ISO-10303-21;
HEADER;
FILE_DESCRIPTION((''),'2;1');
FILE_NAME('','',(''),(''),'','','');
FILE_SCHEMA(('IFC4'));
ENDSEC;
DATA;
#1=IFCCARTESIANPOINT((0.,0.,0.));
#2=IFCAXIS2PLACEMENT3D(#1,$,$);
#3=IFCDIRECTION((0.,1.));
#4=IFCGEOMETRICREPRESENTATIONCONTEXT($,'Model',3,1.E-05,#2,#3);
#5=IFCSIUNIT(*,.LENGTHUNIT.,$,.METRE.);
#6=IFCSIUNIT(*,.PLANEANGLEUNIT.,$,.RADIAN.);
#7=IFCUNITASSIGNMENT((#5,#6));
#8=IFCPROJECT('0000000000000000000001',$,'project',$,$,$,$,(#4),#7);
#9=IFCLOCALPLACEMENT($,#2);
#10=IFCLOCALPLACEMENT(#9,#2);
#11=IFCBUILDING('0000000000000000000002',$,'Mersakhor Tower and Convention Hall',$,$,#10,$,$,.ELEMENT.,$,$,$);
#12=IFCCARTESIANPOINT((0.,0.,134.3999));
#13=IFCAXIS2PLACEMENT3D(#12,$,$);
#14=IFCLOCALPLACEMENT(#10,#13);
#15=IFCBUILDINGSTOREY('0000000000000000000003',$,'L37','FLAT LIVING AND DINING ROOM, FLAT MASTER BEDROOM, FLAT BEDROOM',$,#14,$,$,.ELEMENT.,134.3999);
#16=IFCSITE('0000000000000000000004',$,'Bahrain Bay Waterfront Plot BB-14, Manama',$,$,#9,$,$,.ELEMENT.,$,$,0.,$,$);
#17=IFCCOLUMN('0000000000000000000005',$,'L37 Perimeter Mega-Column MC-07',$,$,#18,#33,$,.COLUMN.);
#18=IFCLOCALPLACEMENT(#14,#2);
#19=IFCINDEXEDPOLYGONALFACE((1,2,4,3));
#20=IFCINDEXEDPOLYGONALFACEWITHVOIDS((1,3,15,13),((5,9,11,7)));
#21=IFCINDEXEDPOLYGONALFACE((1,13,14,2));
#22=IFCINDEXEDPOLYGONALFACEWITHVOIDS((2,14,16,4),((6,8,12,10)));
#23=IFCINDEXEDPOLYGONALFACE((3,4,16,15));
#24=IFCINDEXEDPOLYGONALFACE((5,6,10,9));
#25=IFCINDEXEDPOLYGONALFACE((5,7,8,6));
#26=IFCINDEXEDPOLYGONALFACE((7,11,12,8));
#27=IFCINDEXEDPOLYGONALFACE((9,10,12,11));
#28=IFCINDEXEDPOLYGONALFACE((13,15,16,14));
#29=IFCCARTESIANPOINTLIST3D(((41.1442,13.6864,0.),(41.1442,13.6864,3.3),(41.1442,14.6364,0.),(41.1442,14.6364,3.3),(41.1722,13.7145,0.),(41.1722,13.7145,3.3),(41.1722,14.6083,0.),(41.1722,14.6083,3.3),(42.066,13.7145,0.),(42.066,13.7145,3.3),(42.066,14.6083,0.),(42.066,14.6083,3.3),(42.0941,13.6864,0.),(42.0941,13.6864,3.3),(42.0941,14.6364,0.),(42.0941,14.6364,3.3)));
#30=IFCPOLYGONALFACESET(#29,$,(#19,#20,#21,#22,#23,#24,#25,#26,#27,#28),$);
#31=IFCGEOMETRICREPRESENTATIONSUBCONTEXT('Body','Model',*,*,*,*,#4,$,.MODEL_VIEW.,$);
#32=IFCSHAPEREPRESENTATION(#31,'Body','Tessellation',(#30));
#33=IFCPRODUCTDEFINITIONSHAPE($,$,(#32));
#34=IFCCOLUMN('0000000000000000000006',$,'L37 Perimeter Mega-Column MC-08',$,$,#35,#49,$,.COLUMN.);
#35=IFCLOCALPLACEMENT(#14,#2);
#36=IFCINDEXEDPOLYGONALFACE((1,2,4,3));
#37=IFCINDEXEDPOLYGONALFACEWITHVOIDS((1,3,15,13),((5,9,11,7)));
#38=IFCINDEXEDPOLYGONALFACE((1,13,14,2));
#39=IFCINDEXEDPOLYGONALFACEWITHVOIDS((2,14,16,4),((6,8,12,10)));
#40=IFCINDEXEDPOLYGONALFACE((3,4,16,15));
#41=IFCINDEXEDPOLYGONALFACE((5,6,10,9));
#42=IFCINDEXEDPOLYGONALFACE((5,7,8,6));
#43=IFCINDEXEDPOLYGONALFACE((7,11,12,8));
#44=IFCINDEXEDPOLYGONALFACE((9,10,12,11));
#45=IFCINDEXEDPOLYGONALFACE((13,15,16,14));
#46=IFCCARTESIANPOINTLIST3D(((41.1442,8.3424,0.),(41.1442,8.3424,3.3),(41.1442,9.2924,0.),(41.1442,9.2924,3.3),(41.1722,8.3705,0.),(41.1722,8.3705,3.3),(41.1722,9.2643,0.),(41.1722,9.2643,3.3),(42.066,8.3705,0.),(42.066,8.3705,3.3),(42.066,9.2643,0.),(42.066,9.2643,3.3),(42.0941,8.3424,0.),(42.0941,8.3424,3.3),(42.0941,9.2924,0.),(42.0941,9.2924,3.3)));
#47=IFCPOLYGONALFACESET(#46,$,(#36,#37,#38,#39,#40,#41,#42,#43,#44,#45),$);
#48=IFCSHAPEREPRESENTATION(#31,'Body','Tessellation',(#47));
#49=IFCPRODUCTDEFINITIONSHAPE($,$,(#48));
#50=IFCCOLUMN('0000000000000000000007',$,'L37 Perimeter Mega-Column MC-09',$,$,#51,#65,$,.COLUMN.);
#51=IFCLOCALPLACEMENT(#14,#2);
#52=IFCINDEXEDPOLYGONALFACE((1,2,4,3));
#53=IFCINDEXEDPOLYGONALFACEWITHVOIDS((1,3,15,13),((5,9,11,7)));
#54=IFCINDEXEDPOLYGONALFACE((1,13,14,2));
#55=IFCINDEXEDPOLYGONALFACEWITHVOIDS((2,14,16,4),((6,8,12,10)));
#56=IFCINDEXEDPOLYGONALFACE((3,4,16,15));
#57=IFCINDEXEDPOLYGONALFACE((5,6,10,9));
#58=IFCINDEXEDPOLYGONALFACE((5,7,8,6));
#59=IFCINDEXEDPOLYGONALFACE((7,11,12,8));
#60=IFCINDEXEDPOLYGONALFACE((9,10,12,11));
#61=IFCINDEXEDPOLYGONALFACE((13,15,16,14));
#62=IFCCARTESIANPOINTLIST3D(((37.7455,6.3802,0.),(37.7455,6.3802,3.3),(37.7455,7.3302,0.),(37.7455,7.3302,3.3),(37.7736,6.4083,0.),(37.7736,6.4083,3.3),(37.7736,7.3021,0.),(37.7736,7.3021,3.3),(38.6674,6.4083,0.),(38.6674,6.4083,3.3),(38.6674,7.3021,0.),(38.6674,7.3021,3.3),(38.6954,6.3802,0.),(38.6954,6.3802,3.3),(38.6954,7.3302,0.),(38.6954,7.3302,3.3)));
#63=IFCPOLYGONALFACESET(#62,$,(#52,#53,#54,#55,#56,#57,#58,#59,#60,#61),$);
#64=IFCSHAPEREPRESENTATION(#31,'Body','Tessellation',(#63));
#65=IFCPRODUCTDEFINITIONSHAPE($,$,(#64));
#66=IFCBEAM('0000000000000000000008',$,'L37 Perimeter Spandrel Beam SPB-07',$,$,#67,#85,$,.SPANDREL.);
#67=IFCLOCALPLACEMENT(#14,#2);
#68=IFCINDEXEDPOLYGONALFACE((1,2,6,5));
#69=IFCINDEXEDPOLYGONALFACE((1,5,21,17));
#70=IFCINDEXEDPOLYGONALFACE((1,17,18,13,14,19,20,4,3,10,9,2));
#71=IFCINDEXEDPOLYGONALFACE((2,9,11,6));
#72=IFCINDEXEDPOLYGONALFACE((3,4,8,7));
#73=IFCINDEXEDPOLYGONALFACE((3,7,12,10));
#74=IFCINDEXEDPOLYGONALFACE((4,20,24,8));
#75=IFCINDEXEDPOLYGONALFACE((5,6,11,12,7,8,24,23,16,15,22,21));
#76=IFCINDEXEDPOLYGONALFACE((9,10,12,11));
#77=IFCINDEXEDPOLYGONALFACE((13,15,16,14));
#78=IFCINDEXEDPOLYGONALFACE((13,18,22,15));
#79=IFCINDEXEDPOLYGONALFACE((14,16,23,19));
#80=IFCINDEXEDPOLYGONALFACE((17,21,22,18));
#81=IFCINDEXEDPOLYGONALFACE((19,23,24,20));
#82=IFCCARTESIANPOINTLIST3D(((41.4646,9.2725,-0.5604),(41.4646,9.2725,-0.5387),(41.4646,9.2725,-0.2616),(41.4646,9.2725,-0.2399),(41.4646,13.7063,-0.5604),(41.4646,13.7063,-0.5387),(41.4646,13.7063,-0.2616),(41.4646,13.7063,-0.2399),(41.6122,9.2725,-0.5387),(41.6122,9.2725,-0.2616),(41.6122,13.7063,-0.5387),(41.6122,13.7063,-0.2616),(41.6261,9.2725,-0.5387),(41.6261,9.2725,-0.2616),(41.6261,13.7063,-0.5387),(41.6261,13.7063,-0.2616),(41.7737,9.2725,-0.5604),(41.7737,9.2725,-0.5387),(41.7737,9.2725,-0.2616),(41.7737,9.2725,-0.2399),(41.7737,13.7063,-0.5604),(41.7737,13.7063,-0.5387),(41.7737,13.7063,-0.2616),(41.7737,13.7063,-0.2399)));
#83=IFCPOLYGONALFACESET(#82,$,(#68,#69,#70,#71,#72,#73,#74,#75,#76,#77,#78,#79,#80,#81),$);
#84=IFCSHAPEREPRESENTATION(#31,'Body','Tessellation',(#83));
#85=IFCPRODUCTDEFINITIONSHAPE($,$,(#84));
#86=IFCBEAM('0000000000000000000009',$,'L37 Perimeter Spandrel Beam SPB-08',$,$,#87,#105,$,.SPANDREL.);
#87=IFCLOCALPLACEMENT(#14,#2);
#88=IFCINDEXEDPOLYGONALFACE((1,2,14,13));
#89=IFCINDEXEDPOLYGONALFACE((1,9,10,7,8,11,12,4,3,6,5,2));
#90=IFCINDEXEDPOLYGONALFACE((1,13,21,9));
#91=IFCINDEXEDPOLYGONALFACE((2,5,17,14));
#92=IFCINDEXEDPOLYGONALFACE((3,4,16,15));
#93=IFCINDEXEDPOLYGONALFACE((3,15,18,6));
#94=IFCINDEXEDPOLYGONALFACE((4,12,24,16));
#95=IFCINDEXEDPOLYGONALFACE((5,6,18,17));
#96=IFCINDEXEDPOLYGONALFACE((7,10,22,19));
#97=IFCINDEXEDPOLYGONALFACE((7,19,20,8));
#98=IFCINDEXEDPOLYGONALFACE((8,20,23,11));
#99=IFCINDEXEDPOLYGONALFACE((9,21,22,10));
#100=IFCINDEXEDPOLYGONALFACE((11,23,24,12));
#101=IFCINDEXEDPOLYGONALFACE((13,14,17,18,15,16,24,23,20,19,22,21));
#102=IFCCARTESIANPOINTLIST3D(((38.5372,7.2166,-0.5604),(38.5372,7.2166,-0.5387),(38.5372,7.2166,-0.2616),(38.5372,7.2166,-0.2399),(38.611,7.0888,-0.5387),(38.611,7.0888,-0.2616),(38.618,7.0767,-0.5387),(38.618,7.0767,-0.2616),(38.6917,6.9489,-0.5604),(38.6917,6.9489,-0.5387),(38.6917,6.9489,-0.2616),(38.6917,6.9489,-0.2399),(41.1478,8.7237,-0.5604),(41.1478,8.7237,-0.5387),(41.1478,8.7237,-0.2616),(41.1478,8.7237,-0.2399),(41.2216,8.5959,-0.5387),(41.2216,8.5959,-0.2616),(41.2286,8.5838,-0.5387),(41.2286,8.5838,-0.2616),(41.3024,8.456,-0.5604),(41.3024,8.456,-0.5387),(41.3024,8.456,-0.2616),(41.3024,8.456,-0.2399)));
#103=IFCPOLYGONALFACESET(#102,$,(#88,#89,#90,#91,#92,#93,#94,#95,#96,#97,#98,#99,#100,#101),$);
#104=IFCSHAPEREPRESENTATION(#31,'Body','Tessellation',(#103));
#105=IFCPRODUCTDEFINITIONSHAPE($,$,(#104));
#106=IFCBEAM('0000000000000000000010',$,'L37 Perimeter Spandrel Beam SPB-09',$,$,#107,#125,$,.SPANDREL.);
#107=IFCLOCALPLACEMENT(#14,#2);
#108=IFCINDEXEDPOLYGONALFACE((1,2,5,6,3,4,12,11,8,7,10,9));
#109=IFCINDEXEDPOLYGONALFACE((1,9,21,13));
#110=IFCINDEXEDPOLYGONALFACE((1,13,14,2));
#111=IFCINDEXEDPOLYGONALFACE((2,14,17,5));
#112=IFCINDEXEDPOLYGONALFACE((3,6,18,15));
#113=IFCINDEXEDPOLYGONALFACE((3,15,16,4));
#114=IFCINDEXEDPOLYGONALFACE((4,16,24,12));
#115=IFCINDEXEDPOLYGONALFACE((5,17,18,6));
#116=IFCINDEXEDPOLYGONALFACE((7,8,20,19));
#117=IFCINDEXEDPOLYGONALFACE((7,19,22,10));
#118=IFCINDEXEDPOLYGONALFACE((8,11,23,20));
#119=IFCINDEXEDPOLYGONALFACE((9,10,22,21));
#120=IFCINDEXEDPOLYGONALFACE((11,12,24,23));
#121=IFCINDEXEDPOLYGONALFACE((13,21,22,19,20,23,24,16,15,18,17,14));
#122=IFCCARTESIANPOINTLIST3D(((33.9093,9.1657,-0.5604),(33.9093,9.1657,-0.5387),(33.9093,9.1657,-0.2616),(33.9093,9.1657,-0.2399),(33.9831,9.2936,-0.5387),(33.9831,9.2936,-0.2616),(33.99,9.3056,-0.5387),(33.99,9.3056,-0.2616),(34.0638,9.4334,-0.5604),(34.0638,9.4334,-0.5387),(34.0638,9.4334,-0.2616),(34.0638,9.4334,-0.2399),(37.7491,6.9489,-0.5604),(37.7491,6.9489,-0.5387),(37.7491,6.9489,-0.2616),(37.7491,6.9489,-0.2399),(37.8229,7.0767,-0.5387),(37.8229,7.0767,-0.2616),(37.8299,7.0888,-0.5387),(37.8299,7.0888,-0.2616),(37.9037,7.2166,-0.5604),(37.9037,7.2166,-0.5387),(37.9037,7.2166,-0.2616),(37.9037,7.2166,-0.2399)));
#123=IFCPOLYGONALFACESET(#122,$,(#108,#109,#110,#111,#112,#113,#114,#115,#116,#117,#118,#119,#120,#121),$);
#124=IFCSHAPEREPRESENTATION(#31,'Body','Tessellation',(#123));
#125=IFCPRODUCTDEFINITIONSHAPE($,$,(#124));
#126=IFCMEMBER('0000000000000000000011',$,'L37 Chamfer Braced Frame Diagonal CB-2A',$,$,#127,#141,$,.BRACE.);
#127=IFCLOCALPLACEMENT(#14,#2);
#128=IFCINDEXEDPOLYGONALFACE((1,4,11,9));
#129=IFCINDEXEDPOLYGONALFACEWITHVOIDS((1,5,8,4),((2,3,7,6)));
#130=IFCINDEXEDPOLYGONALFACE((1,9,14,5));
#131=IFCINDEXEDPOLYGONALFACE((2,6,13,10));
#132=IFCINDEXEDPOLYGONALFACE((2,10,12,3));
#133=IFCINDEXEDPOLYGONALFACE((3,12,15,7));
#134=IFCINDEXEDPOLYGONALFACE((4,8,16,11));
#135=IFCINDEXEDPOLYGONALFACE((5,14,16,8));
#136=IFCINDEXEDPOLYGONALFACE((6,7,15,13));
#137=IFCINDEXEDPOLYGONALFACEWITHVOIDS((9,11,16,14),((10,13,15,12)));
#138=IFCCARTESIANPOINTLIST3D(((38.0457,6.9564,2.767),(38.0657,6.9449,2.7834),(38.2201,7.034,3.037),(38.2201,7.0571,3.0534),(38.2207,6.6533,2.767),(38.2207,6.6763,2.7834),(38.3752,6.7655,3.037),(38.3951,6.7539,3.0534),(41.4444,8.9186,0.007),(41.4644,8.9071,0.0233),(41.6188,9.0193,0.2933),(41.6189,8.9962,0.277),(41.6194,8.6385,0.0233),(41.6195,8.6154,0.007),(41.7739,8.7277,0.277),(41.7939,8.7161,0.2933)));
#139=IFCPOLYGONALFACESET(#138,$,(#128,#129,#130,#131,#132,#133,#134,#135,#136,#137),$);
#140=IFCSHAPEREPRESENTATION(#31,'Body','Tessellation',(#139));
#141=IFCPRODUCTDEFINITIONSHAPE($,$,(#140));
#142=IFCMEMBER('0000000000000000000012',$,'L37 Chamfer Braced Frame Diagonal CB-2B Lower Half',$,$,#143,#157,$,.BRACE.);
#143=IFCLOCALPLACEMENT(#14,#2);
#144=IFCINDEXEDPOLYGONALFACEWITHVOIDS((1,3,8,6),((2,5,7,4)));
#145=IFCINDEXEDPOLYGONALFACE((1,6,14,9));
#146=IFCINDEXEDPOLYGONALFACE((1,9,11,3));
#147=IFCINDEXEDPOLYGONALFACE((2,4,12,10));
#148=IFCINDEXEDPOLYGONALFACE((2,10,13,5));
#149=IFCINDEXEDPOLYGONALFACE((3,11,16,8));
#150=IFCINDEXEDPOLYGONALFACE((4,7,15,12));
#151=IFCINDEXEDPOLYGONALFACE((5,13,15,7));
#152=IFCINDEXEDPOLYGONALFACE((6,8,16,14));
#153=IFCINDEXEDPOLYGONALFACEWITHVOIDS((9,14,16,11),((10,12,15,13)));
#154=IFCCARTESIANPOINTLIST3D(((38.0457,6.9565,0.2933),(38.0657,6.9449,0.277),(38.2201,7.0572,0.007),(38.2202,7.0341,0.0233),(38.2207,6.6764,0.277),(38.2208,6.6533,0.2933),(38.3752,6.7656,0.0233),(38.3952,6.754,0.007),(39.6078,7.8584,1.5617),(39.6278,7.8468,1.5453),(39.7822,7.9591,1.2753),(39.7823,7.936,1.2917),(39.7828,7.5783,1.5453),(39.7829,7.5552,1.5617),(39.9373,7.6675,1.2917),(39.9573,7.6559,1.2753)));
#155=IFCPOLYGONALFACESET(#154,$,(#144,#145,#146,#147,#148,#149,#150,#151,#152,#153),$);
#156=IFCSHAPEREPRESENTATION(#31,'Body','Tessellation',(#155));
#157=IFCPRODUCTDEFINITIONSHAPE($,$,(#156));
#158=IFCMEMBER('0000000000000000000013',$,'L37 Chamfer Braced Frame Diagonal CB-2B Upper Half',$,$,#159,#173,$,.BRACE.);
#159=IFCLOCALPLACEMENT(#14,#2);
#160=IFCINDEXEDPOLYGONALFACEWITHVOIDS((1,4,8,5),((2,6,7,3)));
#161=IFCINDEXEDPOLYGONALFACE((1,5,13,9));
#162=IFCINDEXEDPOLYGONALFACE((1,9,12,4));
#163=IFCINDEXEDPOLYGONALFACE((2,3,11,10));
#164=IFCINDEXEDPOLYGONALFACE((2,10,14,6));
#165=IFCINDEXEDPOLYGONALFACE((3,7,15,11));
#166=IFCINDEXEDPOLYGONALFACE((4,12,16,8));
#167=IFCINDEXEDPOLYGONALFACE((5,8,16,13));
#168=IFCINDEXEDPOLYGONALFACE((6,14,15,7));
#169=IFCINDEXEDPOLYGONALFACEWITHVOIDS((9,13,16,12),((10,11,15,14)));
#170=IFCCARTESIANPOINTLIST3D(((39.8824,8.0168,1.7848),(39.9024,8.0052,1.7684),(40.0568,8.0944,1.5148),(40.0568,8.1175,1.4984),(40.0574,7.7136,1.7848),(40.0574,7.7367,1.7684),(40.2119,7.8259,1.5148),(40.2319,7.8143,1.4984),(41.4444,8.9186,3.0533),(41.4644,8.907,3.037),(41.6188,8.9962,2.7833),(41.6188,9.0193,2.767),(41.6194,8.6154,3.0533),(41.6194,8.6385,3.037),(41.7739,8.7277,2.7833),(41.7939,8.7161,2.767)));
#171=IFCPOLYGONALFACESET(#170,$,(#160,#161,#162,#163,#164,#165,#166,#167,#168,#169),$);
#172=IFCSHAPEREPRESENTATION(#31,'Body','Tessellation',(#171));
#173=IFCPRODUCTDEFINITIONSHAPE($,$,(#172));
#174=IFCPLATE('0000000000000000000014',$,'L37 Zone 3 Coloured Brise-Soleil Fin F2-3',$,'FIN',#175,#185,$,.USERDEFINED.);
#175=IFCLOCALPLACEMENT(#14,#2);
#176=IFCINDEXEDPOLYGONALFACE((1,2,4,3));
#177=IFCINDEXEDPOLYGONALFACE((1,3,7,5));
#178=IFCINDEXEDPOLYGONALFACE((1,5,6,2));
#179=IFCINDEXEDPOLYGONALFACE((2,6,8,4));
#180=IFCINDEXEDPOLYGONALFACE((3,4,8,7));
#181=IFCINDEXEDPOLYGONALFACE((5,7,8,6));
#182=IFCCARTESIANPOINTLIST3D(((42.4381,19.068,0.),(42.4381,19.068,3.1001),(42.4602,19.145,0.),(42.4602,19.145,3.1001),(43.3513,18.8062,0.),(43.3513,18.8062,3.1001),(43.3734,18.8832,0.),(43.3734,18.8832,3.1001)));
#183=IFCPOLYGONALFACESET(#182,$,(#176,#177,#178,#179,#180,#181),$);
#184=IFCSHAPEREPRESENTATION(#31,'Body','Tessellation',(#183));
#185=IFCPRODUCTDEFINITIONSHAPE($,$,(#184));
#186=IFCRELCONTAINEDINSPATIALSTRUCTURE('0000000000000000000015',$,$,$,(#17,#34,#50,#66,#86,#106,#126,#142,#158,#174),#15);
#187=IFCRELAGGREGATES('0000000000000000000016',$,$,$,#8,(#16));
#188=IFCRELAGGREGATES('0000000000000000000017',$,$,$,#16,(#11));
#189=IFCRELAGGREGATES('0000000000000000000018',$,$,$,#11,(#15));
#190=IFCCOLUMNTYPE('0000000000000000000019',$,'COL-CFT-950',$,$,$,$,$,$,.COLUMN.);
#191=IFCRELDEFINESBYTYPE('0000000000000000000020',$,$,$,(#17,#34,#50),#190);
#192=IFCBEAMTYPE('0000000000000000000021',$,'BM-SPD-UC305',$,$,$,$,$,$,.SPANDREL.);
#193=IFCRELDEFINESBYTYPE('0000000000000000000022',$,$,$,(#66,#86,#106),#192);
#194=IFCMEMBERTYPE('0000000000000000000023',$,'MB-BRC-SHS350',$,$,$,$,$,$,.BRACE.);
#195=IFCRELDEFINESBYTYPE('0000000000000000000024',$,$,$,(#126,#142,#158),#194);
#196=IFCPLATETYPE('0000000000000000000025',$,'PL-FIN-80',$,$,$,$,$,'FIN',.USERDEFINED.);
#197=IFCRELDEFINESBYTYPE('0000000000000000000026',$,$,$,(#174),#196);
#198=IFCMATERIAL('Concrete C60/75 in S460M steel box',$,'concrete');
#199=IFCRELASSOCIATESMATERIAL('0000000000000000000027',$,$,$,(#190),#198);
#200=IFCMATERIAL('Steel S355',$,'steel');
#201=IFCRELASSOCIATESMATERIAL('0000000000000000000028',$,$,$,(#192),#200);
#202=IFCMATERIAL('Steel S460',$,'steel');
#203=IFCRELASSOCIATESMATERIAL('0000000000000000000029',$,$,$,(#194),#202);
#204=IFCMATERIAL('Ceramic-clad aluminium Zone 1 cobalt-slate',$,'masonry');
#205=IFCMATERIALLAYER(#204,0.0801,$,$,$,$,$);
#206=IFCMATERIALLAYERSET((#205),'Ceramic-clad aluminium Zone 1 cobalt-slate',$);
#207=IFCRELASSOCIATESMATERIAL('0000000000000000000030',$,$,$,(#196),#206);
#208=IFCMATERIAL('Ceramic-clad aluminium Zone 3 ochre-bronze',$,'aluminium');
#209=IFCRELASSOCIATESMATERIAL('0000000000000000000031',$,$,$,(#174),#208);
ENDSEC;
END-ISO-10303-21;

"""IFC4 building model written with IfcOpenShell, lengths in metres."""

from ifc_helpers import new_model, si_unit, direction, frame, origin, origin_2d, place, context, subcontext, project, spatial, rectangle, hollow_rectangle, i_section, extrude, material, layer, layer_set, material_profile, profile_set, type_object, element, save


model = new_model("IFC4")

# Units and contexts
model_context = context("Model", 3, precision=1e-05, world=origin(), true_north=direction((0.0, 1.0)))
body_context = subcontext(model_context, "Body", "Model", "MODEL_VIEW")
ifc_project = project(units=[si_unit("LENGTHUNIT", "METRE"), si_unit("PLANEANGLEUNIT", "RADIAN")], contexts=[model_context])

# Site, building, storey
site_placement = place(None, origin())
site = spatial("IfcSite", under=ifc_project, at=site_placement, Name="Bahrain Bay Waterfront Plot BB-14, Manama", CompositionType="ELEMENT", RefElevation=0.0)
building_placement = place(site_placement, origin())
building = spatial("IfcBuilding", under=site, at=building_placement, Name="Mersakhor Tower and Convention Hall", CompositionType="ELEMENT")
storey_placement = place(building_placement, frame((0.0, 0.0, 134.3999)))
storey = spatial("IfcBuildingStorey", under=building, at=storey_placement, Name="L37", Description="FLAT LIVING AND DINING ROOM, FLAT MASTER BEDROOM, FLAT BEDROOM", CompositionType="ELEMENT", Elevation=134.3999)

# Columns
ifc_material_1 = material(Name="Concrete C60/75 in S460M steel box", Category="concrete")
ifc_material_profile_1 = material_profile(ifc_material_1, hollow_rectangle(XDim=0.95, YDim=0.95, WallThickness=0.0281, at=origin_2d()), Name="SHS 950x950x28")
ifc_profile_set_1 = profile_set([ifc_material_profile_1], Name="Concrete C60/75 in S460M steel box")
column_type = type_object("IfcColumnType", Name="COL-CFT-950", PredefinedType="COLUMN", material=ifc_profile_set_1)
for number, where, z_axis, x_axis, name in (
    (1, (41.6191, 14.1614, 0.0), (0.0, 0.0, 1.0), (1.0, 0.0, 0.0), "L37 Perimeter Mega-Column MC-07"),
    (2, (41.6191, 8.8174, 0.0), (0.0, 0.0, 1.0), (1.0, 0.0, 0.0), "L37 Perimeter Mega-Column MC-08"),
    (3, (38.2205, 6.8552, 0.0), (0.0, 0.0, 1.0), (1.0, 0.0, 0.0), "L37 Perimeter Mega-Column MC-09"),
):
    element("IfcColumn", number, at=place(storey_placement, frame(where, z_axis=z_axis, x_axis=x_axis)), inside=storey, type_object=column_type, Name=name, PredefinedType="COLUMN", context=body_context, shape_type="SweptSolid", body=[
        extrude(hollow_rectangle(XDim=0.95, YDim=0.95, WallThickness=0.0281, at=origin_2d()), origin(), (0.0, 0.0, 1.0), 3.3),
    ])

# Beams
ifc_material_2 = material(Name="Steel S355", Category="steel")
ifc_material_profile_2 = material_profile(ifc_material_2, i_section(OverallWidth=0.3091, OverallDepth=0.3206, WebThickness=0.0139, FlangeThickness=0.0217, at=origin_2d()), Name="UC 305x305x137")
ifc_profile_set_2 = profile_set([ifc_material_profile_2], Name="Steel S355")
beam_type = type_object("IfcBeamType", Name="BM-SPD-UC305", PredefinedType="SPANDREL", material=ifc_profile_set_2)
beam_1_placement = place(storey_placement, frame((41.6191, 13.7063, -0.4001), z_axis=(0.0, -1.0, 0.0), x_axis=(1.0, 0.0, 0.0)))
element("IfcBeam", 4, at=beam_1_placement, inside=storey, type_object=beam_type, Name="L37 Perimeter Spandrel Beam SPB-07", PredefinedType="SPANDREL", context=body_context, shape_type="SweptSolid", body=[
    extrude(i_section(OverallWidth=0.3091, OverallDepth=0.3206, WebThickness=0.0139, FlangeThickness=0.0217, at=origin_2d()), origin(), (0.0, 0.0, 1.0), 4.4338),
])
beam_2_placement = place(storey_placement, frame((41.2251, 8.5898, -0.4001), z_axis=(-0.866047, -0.499963, 0.0), x_axis=(0.499963, -0.866047, 0.0)))
element("IfcBeam", 5, at=beam_2_placement, inside=storey, type_object=beam_type, Name="L37 Perimeter Spandrel Beam SPB-08", PredefinedType="SPANDREL", context=body_context, shape_type="SweptSolid", body=[
    extrude(i_section(OverallWidth=0.3091, OverallDepth=0.3206, WebThickness=0.0139, FlangeThickness=0.0217, at=origin_2d()), origin(), (0.0, 0.0, 1.0), 3.0144),
])
beam_3_placement = place(storey_placement, frame((37.8264, 7.0828, -0.4001), z_axis=(-0.866039, 0.499977, 0.0), x_axis=(-0.499977, -0.866039, 0.0)))
element("IfcBeam", 6, at=beam_3_placement, inside=storey, type_object=beam_type, Name="L37 Perimeter Spandrel Beam SPB-09", PredefinedType="SPANDREL", context=body_context, shape_type="SweptSolid", body=[
    extrude(i_section(OverallWidth=0.3091, OverallDepth=0.3206, WebThickness=0.0139, FlangeThickness=0.0217, at=origin_2d()), origin(), (0.0, 0.0, 1.0), 4.4338),
])

# Members
ifc_material_3 = material(Name="Steel S460", Category="steel")
ifc_material_profile_3 = material_profile(ifc_material_3, hollow_rectangle(XDim=0.3501, YDim=0.3501, WallThickness=0.02, at=origin_2d()), Name="SHS 350x350x20")
ifc_profile_set_3 = profile_set([ifc_material_profile_3], Name="Steel S460")
member_type = type_object("IfcMemberType", Name="MB-BRC-SHS350", PredefinedType="BRACE", material=ifc_profile_set_3)
member_placement = place(storey_placement, frame((41.6191, 8.8174, 0.1501), z_axis=(-0.708385, -0.408972, 0.575267), x_axis=(0.499986, -0.866033, 0.0)))
element("IfcMember", 7, at=member_placement, inside=storey, type_object=member_type, Name="L37 Chamfer Braced Frame Diagonal CB-2A", PredefinedType="BRACE", context=body_context, shape_type="SweptSolid", body=[
    extrude(hollow_rectangle(XDim=0.3501, YDim=0.3501, WallThickness=0.02, at=origin_2d()), origin(), (0.0, 0.0, 1.0), 4.7979),
])
for number, where, z_axis, x_axis, name in (
    (8, (38.2205, 6.8552, 0.1501), (0.708409, 0.409013, 0.575209), (-0.500011, 0.866019, 0.0), "L37 Chamfer Braced Frame Diagonal CB-2B Lower Half"),
    (9, (40.0571, 7.9155, 1.6416), (0.708364, 0.408987, 0.575283), (-0.500011, 0.866019, 0.0), "L37 Chamfer Braced Frame Diagonal CB-2B Upper Half"),
):
    element("IfcMember", number, at=place(storey_placement, frame(where, z_axis=z_axis, x_axis=x_axis)), inside=storey, type_object=member_type, Name=name, PredefinedType="BRACE", context=body_context, shape_type="SweptSolid", body=[
        extrude(hollow_rectangle(XDim=0.3501, YDim=0.3501, WallThickness=0.02, at=origin_2d()), origin(), (0.0, 0.0, 1.0), 2.2051),
    ])

# Plate
ifc_material_4 = material(Name="Ceramic-clad aluminium Zone 3 ochre-bronze", Category="aluminium")
ifc_material_5 = material(Name="Ceramic-clad aluminium Zone 1 cobalt-slate", Category="masonry")
ifc_layer_1 = layer(ifc_material_5, 0.0801)
ifc_layer_set_1 = layer_set([ifc_layer_1], Name="Ceramic-clad aluminium Zone 1 cobalt-slate")
plate_type_1 = type_object("IfcPlateType", Name="PL-FIN-80", ElementType="FIN", PredefinedType="USERDEFINED", material=ifc_layer_set_1)
plate_1_placement = place(storey_placement, frame((42.9058, 18.9756, 0.0), z_axis=(0.0, 0.0, 1.0), x_axis=(0.961262, -0.275637, 0.0)))
element("IfcPlate", 10, at=plate_1_placement, inside=storey, type_object=plate_type_1, material=ifc_material_4, Name="L37 Zone 3 Coloured Brise-Soleil Fin F2-3", ObjectType="FIN", PredefinedType="USERDEFINED", context=body_context, shape_type="SweptSolid", body=[
    extrude(rectangle(XDim=0.95, YDim=0.0801, at=origin_2d()), origin(), (0.0, 0.0, 1.0), 3.1001),
])

save(model, "model.ifc")
